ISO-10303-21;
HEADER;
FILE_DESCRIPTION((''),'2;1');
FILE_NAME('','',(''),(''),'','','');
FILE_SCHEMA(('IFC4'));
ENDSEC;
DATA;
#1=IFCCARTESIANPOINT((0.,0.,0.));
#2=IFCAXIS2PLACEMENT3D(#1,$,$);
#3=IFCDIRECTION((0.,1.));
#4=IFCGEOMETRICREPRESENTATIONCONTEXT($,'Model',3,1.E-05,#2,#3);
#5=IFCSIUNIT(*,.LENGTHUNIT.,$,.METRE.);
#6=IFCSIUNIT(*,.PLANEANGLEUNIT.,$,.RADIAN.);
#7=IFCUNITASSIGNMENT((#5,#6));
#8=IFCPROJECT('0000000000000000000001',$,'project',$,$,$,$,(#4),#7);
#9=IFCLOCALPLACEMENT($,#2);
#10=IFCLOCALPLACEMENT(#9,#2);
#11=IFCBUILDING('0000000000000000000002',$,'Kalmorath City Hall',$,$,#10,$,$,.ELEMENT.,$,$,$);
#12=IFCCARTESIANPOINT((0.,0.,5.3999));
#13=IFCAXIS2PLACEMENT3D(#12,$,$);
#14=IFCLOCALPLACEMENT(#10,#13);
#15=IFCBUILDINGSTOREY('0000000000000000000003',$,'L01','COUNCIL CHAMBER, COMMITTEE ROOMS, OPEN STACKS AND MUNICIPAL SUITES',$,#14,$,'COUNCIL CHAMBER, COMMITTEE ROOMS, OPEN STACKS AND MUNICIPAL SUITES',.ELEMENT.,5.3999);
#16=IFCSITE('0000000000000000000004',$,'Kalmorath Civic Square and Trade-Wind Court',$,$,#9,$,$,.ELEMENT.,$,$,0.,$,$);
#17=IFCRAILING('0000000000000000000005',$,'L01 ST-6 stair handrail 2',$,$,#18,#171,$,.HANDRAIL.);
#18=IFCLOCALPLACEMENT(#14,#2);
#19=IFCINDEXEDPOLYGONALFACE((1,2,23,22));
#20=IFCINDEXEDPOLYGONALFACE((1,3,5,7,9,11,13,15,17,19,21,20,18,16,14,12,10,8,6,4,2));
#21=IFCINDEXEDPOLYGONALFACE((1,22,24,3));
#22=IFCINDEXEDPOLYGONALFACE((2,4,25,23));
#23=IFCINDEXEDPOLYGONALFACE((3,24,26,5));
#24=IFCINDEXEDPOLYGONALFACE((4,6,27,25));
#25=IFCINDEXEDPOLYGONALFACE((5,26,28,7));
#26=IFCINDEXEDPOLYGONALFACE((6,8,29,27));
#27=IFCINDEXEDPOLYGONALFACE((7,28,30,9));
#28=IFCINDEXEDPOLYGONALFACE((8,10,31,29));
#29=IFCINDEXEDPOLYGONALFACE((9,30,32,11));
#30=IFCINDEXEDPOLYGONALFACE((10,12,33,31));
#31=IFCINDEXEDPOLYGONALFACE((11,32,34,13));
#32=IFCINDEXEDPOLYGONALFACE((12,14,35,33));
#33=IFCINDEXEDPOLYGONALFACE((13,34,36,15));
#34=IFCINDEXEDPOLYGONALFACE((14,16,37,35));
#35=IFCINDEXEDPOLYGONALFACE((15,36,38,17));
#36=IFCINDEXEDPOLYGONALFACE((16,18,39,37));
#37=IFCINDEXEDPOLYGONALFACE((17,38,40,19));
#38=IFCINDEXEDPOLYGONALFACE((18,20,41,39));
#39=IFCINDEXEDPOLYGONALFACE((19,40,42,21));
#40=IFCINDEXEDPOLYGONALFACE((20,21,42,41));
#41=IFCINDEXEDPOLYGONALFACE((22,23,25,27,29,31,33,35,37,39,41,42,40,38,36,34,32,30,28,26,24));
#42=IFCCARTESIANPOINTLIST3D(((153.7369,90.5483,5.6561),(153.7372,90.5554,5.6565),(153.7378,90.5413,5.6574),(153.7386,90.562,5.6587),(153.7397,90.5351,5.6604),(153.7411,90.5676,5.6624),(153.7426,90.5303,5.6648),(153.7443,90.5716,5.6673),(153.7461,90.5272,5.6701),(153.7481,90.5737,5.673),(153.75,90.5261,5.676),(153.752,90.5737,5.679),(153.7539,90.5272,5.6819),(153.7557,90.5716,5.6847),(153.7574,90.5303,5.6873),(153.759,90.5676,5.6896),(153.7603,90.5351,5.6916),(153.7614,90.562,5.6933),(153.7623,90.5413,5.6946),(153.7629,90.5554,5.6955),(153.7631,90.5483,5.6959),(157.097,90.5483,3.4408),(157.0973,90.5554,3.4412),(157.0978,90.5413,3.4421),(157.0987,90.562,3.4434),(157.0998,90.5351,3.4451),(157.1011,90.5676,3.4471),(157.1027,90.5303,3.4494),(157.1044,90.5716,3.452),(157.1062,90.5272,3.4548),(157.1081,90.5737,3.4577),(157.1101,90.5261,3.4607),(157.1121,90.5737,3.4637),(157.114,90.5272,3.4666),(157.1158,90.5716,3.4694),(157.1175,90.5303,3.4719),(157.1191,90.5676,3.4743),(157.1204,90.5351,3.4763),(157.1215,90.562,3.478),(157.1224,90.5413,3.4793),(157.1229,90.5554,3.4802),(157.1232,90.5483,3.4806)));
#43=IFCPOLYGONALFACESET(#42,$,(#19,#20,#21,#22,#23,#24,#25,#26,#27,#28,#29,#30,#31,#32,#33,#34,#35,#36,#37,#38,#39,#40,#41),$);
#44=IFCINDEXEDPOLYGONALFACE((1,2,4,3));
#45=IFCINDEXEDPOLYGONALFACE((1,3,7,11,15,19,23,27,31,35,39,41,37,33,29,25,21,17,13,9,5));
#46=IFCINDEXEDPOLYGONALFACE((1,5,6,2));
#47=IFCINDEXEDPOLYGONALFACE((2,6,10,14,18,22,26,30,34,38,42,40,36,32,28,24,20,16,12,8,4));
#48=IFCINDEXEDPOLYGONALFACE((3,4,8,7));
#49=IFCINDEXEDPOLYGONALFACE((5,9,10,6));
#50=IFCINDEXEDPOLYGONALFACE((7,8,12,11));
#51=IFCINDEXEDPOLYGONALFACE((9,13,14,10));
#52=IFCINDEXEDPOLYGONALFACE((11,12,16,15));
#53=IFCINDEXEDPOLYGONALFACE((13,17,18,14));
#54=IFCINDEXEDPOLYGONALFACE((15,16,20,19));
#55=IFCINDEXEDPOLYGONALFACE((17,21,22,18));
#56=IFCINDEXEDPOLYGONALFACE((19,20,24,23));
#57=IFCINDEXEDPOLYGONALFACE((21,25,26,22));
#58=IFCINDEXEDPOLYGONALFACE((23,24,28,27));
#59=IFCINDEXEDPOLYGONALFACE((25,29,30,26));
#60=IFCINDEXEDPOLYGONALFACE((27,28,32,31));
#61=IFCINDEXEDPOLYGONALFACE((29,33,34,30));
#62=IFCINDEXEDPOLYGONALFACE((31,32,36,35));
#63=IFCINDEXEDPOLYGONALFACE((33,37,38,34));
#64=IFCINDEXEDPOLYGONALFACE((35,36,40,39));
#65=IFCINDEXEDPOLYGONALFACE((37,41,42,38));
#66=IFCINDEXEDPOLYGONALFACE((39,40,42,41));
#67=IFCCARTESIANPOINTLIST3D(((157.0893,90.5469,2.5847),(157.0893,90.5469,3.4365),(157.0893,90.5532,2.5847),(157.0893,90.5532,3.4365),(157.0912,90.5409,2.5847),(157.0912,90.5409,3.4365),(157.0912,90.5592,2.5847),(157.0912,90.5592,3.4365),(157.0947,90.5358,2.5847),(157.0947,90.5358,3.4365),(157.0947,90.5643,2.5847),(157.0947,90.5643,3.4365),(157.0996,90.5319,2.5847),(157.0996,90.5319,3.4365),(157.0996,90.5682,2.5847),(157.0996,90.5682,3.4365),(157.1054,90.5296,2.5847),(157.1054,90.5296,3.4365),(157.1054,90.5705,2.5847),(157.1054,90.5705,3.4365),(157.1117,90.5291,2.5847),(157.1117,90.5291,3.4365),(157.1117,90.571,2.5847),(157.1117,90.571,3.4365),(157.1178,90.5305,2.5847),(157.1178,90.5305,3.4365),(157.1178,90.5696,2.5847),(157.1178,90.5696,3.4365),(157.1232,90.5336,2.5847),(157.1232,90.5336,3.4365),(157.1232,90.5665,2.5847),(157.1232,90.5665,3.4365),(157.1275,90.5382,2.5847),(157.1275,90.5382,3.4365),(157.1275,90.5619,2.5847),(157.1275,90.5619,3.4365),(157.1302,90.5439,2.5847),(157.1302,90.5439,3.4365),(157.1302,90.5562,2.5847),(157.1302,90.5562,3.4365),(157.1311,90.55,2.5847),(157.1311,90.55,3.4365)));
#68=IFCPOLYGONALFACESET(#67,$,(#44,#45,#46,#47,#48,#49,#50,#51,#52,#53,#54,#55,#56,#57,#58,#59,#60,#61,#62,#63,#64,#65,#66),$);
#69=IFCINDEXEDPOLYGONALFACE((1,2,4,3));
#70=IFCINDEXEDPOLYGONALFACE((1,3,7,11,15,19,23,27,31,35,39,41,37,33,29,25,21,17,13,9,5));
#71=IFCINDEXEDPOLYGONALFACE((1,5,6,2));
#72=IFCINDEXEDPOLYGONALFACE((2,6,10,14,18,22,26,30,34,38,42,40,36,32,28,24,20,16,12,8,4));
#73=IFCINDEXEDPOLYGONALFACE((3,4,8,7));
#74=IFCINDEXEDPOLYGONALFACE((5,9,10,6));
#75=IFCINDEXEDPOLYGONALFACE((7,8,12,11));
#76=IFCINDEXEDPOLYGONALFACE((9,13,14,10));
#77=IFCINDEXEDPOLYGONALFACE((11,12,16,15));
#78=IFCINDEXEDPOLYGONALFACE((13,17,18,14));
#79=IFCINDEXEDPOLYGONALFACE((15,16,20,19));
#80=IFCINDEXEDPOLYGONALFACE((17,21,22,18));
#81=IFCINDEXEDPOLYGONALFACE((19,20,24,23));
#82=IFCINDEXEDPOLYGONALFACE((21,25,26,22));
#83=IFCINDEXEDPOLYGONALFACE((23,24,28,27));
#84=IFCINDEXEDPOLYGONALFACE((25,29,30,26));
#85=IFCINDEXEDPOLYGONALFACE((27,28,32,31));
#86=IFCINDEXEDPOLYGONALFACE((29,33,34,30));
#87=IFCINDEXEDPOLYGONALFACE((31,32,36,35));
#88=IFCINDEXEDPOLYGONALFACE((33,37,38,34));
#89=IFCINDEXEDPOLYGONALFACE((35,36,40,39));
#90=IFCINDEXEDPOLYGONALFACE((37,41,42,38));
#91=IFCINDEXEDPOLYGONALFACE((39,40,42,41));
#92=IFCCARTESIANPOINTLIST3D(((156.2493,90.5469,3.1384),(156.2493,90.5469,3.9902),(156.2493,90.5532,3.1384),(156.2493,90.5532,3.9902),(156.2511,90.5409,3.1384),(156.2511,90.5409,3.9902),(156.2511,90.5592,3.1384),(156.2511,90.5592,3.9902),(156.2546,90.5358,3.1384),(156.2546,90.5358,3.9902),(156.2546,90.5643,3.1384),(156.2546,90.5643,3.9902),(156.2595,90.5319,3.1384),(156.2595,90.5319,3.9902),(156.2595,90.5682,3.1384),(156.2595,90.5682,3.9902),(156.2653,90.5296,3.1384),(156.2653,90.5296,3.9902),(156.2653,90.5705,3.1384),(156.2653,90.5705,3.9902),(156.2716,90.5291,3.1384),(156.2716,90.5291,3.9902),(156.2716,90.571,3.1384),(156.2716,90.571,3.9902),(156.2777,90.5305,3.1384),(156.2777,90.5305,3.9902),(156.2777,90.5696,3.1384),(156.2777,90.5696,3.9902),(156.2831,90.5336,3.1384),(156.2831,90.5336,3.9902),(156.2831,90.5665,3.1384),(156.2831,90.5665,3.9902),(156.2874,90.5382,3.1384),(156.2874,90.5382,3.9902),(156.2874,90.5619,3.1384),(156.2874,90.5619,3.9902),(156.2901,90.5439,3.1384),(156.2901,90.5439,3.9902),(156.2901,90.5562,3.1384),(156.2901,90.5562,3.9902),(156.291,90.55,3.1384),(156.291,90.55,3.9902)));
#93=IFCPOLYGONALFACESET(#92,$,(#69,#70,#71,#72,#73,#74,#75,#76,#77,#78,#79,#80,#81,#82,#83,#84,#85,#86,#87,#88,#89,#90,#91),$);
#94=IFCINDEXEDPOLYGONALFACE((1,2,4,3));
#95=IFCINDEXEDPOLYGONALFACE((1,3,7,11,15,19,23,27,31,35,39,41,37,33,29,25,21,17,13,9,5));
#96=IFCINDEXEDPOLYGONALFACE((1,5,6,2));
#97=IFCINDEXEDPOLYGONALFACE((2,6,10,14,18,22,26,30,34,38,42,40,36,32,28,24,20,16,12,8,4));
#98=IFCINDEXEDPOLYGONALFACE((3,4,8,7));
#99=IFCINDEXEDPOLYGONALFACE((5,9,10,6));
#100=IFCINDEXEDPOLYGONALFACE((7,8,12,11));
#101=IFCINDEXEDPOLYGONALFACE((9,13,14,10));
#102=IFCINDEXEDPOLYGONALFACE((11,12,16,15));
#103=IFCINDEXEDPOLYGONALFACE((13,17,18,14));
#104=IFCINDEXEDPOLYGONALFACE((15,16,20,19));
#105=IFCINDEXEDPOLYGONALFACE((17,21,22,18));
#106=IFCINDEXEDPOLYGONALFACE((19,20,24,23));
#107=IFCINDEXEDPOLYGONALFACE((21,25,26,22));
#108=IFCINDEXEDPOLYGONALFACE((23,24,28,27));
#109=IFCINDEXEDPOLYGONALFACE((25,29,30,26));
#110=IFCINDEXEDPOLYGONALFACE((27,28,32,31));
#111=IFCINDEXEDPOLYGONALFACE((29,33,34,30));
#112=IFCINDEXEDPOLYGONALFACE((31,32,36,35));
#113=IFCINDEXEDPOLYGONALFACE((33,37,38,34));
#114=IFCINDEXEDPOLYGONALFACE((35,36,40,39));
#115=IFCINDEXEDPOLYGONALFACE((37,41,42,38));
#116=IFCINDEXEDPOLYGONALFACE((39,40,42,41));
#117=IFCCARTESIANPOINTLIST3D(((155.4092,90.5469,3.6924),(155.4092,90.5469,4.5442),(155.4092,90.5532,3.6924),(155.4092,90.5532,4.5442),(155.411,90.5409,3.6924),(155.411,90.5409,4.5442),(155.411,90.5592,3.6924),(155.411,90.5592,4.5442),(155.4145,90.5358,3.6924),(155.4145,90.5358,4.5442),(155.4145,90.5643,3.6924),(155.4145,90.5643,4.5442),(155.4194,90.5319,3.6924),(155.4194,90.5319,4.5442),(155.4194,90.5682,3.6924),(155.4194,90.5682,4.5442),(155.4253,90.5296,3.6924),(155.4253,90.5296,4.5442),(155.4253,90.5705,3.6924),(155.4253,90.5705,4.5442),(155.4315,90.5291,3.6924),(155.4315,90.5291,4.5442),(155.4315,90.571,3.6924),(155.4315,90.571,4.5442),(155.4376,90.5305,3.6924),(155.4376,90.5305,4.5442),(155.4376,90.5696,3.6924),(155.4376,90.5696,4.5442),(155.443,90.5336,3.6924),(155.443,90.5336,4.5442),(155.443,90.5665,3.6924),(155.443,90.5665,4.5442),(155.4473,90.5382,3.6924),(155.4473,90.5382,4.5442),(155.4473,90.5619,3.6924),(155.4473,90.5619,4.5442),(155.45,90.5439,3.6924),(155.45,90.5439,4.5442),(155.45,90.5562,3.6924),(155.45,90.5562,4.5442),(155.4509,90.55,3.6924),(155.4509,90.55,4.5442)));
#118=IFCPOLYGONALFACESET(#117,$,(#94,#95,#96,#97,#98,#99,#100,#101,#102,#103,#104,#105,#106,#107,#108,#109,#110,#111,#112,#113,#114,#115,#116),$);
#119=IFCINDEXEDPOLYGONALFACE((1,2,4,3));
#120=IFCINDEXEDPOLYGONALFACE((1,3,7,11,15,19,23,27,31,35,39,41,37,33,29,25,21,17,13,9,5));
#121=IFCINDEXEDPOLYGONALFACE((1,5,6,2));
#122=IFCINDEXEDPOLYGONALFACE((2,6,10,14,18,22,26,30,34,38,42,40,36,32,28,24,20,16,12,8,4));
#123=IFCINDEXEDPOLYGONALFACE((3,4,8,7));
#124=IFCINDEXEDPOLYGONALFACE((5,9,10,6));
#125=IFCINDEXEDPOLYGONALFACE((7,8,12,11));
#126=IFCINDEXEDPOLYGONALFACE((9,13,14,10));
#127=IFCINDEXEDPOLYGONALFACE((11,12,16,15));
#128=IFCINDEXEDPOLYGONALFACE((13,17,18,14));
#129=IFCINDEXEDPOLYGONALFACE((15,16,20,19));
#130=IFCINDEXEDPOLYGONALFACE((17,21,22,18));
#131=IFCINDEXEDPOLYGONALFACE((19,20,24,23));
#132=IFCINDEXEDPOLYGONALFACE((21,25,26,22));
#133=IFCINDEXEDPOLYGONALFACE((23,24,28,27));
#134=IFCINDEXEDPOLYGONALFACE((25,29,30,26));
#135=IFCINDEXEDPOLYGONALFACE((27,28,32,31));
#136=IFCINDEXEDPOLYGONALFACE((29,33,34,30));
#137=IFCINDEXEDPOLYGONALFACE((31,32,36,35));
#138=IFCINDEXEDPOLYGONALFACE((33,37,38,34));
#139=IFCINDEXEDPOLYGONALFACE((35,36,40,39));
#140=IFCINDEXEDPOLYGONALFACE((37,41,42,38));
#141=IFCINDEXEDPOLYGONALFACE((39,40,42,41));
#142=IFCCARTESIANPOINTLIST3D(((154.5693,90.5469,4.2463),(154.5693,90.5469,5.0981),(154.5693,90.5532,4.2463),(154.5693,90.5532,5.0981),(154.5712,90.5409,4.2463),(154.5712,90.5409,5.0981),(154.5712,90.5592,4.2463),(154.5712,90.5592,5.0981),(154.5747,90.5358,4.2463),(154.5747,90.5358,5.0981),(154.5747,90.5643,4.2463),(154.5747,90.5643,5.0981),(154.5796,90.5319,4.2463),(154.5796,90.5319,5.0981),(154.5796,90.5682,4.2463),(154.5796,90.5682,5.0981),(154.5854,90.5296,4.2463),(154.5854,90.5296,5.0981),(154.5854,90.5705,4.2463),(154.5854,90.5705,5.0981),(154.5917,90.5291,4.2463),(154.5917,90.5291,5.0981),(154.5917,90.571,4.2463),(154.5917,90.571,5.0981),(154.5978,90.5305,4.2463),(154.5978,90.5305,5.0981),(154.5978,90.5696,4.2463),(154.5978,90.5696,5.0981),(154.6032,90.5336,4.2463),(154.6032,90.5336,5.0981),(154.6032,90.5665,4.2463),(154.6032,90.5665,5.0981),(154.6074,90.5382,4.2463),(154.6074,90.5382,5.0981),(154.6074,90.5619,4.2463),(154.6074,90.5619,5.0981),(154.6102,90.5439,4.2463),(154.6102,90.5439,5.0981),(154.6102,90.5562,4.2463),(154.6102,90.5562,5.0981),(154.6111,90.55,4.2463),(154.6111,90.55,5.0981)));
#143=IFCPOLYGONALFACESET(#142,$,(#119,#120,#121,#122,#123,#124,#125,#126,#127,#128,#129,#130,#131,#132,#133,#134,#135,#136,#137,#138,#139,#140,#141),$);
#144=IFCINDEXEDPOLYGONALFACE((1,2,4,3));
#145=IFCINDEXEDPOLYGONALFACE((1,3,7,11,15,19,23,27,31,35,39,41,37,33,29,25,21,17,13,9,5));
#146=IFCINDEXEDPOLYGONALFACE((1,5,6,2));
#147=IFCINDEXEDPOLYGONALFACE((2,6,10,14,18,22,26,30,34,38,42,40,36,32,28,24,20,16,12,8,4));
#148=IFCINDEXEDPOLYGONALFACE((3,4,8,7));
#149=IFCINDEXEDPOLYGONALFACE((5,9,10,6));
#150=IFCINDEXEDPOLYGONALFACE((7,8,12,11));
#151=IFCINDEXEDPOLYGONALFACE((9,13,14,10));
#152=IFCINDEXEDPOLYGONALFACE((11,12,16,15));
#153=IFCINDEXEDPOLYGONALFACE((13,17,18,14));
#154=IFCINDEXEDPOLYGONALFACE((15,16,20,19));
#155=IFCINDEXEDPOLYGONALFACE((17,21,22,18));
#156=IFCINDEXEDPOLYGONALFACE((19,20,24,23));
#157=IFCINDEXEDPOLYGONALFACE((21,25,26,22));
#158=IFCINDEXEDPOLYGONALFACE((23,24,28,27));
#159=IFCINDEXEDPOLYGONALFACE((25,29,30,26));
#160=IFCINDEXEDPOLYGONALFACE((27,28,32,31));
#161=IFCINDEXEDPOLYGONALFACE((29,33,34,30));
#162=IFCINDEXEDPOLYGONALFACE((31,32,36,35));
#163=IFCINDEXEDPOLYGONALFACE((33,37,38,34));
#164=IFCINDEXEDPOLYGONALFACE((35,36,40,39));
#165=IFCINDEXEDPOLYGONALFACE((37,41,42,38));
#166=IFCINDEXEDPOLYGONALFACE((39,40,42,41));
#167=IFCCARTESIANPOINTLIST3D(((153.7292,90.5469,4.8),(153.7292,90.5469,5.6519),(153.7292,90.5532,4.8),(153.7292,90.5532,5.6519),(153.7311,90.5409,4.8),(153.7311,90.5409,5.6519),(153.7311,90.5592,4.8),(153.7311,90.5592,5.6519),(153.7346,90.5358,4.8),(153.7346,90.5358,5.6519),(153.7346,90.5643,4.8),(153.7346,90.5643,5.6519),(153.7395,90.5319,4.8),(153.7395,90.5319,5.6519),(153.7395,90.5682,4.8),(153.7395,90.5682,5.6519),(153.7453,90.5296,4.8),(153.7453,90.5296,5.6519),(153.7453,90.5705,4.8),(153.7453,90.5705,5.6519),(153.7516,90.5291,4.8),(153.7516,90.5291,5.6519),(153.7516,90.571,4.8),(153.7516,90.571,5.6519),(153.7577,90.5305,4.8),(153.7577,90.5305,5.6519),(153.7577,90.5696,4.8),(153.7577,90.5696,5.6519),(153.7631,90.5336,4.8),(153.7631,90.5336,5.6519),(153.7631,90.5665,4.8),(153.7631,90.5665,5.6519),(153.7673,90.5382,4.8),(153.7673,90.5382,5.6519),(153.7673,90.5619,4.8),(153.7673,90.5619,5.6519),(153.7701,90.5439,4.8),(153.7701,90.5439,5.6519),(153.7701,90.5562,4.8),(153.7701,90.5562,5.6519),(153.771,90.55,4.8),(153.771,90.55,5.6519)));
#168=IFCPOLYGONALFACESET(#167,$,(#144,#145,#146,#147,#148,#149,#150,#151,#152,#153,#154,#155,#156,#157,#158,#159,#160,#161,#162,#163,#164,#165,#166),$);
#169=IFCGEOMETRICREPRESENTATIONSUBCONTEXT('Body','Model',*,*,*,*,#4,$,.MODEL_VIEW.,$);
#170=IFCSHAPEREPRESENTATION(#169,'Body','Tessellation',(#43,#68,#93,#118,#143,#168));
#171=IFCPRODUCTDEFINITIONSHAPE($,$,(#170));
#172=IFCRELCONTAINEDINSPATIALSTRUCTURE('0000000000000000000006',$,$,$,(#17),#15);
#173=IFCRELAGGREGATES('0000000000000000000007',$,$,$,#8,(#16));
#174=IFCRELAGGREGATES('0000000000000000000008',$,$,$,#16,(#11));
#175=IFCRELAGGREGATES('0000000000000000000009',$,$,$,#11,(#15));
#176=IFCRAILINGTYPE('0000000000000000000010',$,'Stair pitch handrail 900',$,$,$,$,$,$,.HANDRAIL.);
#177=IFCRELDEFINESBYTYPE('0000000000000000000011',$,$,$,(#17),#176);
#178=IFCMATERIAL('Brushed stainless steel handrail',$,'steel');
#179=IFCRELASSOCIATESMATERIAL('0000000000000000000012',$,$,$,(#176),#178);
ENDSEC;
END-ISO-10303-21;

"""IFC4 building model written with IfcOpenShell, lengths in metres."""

from ifc_helpers import new_model, si_unit, direction, frame, origin, origin_2d, place, context, subcontext, project, spatial, circle, extrude, material, type_object, element, save


model = new_model("IFC4")

# Units and contexts
model_context = context("Model", 3, precision=1e-05, world=origin(), true_north=direction((0.0, 1.0)))
body_context = subcontext(model_context, "Body", "Model", "MODEL_VIEW")
ifc_project = project(units=[si_unit("LENGTHUNIT", "METRE"), si_unit("PLANEANGLEUNIT", "RADIAN")], contexts=[model_context])

# Site, building, storey
site_placement = place(None, origin())
site = spatial("IfcSite", under=ifc_project, at=site_placement, Name="Kalmorath Civic Square and Trade-Wind Court", CompositionType="ELEMENT", RefElevation=0.0)
building_placement = place(site_placement, origin())
building = spatial("IfcBuilding", under=site, at=building_placement, Name="Kalmorath City Hall", CompositionType="ELEMENT")
storey_placement = place(building_placement, frame((0.0, 0.0, 5.3999)))
storey = spatial("IfcBuildingStorey", under=building, at=storey_placement, Name="L01", Description="COUNCIL CHAMBER, COMMITTEE ROOMS, OPEN STACKS AND MUNICIPAL SUITES", LongName="COUNCIL CHAMBER, COMMITTEE ROOMS, OPEN STACKS AND MUNICIPAL SUITES", CompositionType="ELEMENT", Elevation=5.3999)

# Railing
ifc_material_1 = material(Name="Brushed stainless steel handrail", Category="steel")
railing_type_1 = type_object("IfcRailingType", Name="Stair pitch handrail 900", PredefinedType="HANDRAIL", material=ifc_material_1)
railing_1_placement = place(storey_placement, frame((157.1101, 90.55, 2.5847)))
element("IfcRailing", 1, at=railing_1_placement, inside=storey, type_object=railing_type_1, Name="L01 ST-6 stair handrail 2", PredefinedType="HANDRAIL", context=body_context, shape_type="SweptSolid", body=[
    extrude(circle(Radius=0.0239, at=origin_2d()), frame((0.0, 0.0, 0.876), z_axis=(-0.834876, 0.0, 0.550437), x_axis=(0.0, -1.0, 0.0)), (0.0, 0.0, 1.0), 4.0247),
    extrude(circle(Radius=0.021, at=origin_2d()), origin(), (0.0, 0.0, 1.0), 0.8518),
    extrude(circle(Radius=0.021, at=origin_2d()), frame((-0.8401, 0.0, 0.5537)), (0.0, 0.0, 1.0), 0.8518),
    extrude(circle(Radius=0.021, at=origin_2d()), frame((-1.6802, 0.0, 1.1077)), (0.0, 0.0, 1.0), 0.8518),
    extrude(circle(Radius=0.021, at=origin_2d()), frame((-2.52, 0.0, 1.6616)), (0.0, 0.0, 1.0), 0.8518),
    extrude(circle(Radius=0.021, at=origin_2d()), frame((-3.3601, 0.0, 2.2153)), (0.0, 0.0, 1.0), 0.8518),
])

save(model, "model.ifc")
